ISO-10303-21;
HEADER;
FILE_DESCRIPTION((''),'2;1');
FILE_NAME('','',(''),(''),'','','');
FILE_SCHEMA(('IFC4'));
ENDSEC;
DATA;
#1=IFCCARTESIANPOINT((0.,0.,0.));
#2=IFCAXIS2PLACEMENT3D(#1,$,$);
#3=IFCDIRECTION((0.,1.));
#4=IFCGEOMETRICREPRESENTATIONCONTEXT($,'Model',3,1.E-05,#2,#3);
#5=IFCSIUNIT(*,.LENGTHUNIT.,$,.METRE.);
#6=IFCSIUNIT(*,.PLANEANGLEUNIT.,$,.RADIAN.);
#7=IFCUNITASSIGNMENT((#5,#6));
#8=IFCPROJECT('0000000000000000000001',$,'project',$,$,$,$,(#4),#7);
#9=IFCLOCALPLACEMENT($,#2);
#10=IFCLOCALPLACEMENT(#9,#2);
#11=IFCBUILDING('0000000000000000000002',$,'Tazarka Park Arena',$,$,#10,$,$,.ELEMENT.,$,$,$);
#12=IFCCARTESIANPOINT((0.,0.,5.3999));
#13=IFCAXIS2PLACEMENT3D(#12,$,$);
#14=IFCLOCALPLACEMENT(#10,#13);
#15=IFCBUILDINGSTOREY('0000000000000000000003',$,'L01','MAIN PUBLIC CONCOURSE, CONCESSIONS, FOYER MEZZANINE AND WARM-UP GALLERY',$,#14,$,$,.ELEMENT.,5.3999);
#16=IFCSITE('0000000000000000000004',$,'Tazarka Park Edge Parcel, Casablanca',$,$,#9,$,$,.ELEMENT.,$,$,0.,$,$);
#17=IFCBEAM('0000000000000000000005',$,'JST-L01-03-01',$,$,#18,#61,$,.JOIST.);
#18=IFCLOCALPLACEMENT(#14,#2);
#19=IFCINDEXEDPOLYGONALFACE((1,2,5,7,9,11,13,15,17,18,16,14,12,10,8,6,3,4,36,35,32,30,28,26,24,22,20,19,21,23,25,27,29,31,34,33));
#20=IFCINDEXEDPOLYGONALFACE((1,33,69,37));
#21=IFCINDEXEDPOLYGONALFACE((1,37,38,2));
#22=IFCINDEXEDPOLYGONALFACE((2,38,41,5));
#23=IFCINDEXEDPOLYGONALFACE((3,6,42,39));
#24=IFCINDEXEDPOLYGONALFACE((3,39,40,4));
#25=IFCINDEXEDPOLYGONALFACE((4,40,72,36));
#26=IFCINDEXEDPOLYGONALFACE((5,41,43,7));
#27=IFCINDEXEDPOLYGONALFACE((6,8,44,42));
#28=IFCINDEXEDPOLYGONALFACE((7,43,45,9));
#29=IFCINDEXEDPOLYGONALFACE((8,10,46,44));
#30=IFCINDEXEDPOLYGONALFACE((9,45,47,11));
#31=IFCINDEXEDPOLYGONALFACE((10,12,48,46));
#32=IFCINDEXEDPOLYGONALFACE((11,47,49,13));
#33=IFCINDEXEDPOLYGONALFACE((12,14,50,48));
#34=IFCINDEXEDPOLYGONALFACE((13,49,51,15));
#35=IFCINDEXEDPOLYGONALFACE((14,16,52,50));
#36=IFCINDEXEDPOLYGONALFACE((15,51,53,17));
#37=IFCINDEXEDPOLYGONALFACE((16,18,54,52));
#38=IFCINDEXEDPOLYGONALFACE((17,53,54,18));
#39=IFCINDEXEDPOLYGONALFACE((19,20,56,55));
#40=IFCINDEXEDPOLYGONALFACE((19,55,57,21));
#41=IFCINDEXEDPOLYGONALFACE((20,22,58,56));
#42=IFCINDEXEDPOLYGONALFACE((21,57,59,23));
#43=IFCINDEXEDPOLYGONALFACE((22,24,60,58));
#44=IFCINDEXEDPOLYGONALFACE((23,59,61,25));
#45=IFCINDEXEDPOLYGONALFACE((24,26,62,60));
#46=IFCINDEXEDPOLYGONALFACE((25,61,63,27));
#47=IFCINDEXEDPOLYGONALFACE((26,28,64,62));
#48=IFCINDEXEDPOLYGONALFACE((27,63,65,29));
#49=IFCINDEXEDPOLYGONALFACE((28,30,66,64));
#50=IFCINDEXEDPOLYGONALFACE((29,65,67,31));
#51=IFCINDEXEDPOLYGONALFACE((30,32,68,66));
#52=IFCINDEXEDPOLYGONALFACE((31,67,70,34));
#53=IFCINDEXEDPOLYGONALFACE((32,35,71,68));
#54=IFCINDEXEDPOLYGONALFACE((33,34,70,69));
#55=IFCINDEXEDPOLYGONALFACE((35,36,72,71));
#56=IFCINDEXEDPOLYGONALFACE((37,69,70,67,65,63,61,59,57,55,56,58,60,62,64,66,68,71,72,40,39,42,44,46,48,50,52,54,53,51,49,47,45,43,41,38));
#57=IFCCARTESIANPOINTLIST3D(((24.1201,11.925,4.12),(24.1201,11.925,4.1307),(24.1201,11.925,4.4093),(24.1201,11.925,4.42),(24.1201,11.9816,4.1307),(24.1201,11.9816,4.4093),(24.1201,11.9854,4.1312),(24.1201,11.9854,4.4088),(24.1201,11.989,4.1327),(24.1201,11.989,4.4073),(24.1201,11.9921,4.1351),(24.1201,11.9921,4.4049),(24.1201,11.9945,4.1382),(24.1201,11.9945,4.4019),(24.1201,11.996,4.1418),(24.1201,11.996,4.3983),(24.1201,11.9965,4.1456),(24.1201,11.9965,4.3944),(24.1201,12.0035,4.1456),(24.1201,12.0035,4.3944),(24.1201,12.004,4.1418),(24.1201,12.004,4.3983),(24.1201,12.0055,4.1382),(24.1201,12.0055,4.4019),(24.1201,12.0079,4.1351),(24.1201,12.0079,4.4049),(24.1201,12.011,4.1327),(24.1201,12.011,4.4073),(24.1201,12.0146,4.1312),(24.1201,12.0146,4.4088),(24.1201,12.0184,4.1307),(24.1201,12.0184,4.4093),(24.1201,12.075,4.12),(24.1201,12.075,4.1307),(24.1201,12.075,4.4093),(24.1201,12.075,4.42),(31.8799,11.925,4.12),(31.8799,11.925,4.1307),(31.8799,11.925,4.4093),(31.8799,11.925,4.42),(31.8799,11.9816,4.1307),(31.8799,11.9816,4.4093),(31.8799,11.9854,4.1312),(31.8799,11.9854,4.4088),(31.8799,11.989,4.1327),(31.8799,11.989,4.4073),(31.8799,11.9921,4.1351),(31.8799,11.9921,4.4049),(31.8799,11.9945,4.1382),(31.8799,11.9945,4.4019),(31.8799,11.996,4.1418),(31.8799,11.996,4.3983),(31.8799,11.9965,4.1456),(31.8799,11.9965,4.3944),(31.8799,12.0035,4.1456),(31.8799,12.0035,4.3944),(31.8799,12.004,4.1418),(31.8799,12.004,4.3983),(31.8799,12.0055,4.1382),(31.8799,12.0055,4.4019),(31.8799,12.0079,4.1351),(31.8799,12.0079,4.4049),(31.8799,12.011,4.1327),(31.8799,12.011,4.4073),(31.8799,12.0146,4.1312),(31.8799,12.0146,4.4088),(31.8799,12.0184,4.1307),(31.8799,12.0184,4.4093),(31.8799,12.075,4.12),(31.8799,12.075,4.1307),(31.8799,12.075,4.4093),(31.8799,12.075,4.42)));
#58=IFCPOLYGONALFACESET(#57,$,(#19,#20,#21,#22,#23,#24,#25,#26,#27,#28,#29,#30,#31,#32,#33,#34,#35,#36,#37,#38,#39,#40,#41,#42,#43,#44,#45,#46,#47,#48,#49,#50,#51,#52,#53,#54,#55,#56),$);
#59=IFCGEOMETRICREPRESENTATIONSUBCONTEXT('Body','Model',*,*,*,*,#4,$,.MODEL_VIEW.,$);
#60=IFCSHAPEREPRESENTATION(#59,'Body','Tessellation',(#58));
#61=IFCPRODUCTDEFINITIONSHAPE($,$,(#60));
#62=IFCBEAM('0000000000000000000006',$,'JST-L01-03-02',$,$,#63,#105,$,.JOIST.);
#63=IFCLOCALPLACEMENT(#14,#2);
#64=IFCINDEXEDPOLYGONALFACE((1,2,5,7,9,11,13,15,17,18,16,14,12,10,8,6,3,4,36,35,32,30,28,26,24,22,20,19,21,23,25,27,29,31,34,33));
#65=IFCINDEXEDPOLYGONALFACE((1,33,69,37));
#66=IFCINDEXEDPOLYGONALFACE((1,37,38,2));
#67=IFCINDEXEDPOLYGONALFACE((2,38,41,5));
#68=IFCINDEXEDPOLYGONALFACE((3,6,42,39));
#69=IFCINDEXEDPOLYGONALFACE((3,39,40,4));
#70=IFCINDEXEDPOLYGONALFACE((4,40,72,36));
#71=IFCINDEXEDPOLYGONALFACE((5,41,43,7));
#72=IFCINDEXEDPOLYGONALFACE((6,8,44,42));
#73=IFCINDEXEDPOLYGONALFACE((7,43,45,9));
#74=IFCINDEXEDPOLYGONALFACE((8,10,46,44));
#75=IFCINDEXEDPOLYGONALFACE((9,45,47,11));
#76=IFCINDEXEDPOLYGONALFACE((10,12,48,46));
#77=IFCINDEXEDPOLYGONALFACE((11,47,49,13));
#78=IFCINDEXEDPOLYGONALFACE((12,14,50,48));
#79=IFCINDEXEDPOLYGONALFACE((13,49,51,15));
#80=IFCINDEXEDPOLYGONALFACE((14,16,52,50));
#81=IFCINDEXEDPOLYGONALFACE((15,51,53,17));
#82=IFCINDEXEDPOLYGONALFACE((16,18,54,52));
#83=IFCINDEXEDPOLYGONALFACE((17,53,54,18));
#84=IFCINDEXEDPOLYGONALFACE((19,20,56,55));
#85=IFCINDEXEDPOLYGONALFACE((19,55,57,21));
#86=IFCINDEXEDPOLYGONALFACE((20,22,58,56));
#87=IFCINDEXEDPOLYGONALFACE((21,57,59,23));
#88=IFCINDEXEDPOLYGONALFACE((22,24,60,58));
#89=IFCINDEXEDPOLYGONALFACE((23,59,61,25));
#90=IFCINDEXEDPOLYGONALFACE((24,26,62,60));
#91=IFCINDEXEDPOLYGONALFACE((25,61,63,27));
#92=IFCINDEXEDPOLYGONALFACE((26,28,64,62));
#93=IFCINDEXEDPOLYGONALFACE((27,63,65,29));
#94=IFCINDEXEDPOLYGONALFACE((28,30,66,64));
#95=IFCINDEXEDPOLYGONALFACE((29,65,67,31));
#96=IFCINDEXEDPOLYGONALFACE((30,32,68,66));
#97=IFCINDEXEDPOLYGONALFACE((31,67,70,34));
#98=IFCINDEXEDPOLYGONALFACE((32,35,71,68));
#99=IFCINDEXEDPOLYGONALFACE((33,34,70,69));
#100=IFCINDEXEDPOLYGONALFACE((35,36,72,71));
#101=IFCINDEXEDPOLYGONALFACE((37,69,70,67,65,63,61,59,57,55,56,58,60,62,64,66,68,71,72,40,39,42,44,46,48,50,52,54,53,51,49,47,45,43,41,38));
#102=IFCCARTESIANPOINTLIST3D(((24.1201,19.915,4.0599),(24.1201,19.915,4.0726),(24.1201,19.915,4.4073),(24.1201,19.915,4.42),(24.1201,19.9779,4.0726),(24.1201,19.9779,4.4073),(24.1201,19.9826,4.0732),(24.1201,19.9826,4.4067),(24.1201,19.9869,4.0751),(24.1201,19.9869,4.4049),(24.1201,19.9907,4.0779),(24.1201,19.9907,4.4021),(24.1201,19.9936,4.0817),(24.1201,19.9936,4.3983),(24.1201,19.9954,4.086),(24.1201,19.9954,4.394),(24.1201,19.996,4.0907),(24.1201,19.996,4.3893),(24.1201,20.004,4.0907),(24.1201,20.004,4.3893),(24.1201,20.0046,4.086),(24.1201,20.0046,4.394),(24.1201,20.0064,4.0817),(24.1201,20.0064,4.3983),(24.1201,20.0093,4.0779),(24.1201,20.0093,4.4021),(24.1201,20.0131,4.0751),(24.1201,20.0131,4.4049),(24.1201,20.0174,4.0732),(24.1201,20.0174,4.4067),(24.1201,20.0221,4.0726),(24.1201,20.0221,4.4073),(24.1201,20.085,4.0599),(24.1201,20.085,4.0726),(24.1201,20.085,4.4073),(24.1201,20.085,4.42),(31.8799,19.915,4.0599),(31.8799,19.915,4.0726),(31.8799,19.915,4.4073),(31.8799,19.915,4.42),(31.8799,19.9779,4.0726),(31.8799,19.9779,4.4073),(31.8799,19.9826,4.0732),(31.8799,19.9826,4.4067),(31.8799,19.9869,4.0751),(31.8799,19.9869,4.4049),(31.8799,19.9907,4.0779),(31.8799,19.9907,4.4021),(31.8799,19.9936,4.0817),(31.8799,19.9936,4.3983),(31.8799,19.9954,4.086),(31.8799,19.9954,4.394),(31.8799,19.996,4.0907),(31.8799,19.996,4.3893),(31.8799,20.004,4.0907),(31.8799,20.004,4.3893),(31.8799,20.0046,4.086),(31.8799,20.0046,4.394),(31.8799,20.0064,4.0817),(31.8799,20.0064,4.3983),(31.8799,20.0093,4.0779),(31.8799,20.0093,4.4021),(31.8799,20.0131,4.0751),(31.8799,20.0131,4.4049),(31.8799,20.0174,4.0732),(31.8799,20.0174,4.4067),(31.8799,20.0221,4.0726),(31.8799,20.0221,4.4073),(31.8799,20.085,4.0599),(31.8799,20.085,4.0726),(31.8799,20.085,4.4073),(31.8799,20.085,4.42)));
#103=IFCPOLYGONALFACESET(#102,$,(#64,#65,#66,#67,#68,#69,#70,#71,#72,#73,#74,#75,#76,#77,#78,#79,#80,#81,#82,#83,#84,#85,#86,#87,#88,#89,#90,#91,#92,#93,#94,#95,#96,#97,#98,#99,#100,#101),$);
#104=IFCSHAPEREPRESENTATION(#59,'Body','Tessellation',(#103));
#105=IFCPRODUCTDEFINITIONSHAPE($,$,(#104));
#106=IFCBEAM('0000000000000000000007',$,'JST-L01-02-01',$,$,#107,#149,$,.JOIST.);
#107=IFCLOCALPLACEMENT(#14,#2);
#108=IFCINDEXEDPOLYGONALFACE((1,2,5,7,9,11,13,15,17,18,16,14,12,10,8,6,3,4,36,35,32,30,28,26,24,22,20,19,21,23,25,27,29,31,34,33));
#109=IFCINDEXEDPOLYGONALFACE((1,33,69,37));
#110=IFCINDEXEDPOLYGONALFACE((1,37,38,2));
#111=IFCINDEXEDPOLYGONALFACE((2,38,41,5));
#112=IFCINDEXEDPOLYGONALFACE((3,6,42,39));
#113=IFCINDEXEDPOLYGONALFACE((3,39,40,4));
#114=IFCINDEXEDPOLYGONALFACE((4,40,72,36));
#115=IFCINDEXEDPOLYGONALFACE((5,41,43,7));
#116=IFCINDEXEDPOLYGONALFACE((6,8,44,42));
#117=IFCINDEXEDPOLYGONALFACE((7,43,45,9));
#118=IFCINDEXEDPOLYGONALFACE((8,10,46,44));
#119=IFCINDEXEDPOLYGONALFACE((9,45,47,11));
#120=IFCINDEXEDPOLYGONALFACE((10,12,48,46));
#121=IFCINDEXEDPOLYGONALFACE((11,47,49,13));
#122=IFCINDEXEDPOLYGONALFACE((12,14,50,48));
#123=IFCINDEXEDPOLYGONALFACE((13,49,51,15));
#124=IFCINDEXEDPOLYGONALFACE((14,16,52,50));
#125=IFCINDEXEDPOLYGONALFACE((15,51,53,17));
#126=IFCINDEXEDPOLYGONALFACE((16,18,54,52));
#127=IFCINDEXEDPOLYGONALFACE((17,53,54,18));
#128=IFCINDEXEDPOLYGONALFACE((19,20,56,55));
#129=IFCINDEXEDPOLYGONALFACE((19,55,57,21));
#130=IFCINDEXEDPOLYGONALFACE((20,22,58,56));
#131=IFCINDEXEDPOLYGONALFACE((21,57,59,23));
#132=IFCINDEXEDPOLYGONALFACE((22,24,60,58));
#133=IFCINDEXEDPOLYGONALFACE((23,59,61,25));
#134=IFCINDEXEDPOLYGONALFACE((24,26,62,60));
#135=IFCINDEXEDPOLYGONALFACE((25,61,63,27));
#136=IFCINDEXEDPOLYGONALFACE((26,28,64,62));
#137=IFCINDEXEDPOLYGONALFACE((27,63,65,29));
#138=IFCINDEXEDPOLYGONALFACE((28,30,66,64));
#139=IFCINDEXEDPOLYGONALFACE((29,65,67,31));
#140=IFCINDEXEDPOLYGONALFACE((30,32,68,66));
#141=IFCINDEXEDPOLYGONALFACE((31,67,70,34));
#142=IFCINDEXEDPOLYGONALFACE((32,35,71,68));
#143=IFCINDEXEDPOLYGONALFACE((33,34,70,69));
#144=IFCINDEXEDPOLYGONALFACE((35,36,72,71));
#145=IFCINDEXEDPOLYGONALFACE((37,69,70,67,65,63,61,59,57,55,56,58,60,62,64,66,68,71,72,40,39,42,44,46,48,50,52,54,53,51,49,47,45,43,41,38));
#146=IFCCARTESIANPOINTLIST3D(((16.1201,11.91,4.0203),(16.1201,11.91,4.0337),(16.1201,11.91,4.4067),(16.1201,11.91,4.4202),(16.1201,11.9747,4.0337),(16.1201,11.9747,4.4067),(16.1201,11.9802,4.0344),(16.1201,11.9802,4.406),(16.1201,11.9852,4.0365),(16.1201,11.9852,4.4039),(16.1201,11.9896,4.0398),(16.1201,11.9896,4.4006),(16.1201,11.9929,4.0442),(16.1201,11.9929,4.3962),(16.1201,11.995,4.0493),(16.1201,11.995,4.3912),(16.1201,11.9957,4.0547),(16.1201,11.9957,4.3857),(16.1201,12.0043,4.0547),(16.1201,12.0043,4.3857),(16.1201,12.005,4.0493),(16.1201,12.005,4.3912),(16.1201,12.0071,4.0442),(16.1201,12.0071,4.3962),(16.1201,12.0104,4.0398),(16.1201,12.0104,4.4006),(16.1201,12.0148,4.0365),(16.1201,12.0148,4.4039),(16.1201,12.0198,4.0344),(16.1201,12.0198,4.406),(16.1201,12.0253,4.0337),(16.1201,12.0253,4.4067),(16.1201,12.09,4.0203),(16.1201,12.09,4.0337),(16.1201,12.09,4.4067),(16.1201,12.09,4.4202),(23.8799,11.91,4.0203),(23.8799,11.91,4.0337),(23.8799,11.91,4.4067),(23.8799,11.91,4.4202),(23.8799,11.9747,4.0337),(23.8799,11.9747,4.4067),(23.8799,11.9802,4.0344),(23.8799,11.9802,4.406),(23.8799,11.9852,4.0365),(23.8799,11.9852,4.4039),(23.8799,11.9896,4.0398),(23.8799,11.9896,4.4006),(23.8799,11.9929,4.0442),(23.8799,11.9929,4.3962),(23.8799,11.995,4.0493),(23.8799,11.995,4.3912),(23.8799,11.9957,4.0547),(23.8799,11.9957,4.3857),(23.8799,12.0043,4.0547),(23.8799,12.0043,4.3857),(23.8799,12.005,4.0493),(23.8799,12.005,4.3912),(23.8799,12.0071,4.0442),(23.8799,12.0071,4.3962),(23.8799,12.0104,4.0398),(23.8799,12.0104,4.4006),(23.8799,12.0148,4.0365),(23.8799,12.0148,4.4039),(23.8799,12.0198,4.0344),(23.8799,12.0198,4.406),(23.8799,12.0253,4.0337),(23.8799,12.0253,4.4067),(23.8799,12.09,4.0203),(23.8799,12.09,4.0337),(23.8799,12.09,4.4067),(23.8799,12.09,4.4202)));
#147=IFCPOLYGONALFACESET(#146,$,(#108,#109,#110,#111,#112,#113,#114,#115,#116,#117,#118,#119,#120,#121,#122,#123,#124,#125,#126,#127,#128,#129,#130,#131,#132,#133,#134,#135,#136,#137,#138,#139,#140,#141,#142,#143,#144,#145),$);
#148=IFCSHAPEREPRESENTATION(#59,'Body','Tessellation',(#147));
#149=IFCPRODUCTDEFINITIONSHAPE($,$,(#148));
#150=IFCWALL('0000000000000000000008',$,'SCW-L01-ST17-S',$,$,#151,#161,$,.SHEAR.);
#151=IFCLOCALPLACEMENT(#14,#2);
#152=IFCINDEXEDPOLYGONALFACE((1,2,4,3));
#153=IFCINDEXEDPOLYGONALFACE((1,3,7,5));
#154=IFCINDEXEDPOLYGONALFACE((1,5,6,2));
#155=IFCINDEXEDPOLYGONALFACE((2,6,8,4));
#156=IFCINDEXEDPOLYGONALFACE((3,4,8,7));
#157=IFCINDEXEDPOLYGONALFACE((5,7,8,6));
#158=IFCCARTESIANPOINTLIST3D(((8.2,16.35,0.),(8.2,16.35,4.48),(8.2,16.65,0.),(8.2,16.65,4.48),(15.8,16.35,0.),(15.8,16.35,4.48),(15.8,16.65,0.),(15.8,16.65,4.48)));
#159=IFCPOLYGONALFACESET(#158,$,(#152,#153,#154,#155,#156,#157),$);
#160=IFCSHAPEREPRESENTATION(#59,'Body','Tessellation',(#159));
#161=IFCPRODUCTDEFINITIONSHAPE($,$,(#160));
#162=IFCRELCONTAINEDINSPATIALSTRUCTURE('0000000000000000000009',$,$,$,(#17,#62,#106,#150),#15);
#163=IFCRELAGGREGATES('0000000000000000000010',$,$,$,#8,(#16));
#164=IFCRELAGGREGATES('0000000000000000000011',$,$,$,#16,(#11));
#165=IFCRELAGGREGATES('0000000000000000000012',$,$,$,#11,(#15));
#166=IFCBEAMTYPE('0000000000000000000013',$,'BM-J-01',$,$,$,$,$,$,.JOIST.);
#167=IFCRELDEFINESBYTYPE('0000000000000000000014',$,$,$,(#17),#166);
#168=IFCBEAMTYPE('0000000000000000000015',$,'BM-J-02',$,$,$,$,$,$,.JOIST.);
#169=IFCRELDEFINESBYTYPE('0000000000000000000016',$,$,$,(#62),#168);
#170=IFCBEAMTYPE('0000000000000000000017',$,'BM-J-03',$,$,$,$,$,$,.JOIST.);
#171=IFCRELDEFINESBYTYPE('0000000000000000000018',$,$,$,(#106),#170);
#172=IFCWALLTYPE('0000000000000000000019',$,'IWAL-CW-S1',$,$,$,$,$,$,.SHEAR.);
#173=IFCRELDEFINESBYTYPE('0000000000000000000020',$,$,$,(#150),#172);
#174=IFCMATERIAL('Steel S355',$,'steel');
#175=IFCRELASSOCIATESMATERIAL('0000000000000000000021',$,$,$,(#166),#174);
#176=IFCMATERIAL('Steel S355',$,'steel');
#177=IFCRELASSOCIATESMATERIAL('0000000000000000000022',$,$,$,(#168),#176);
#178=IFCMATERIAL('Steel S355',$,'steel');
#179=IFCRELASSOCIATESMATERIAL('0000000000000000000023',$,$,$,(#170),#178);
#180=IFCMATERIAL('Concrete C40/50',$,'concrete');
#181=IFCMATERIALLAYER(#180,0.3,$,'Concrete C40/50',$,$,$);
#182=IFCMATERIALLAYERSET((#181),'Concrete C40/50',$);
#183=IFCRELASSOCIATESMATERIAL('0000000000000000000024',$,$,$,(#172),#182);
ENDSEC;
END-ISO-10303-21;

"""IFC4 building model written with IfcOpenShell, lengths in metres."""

from ifc_helpers import new_model, si_unit, direction, frame, frame_2d, origin, origin_2d, place, context, subcontext, project, spatial, rectangle, i_section, extrude, material, layer, layer_set, material_profile, profile_set, type_object, element, save


model = new_model("IFC4")

# Units and contexts
model_context = context("Model", 3, precision=1e-05, world=origin(), true_north=direction((0.0, 1.0)))
body_context = subcontext(model_context, "Body", "Model", "MODEL_VIEW")
ifc_project = project(units=[si_unit("LENGTHUNIT", "METRE"), si_unit("PLANEANGLEUNIT", "RADIAN")], contexts=[model_context])

# Site, building, storey
site_placement = place(None, origin())
site = spatial("IfcSite", under=ifc_project, at=site_placement, Name="Tazarka Park Edge Parcel, Casablanca", CompositionType="ELEMENT", RefElevation=0.0)
building_placement = place(site_placement, origin())
building = spatial("IfcBuilding", under=site, at=building_placement, Name="Tazarka Park Arena", CompositionType="ELEMENT")
storey_placement = place(building_placement, frame((0.0, 0.0, 5.3999)))
storey = spatial("IfcBuildingStorey", under=building, at=storey_placement, Name="L01", Description="MAIN PUBLIC CONCOURSE, CONCESSIONS, FOYER MEZZANINE AND WARM-UP GALLERY", CompositionType="ELEMENT", Elevation=5.3999)

# Beams
ifc_material_1 = material(Name="Steel S355", Category="steel")
ifc_material_profile_1 = material_profile(ifc_material_1, i_section(OverallWidth=0.1499, OverallDepth=0.3, WebThickness=0.0071, FlangeThickness=0.0107, FilletRadius=0.0149, at=origin_2d()), Name="Steel S355")
ifc_profile_set_1 = profile_set([ifc_material_profile_1], Name="Steel S355")
beam_type_1 = type_object("IfcBeamType", Name="BM-J-01", PredefinedType="JOIST", material=ifc_profile_set_1)
for number, where, z_axis, x_axis, name in (
    (1, (24.1201, 12.0, 4.27), (1.0, 0.0, 0.0), (0.0, 1.0, 0.0), "JST-L01-03-01"),
):
    element("IfcBeam", number, at=place(storey_placement, frame(where, z_axis=z_axis, x_axis=x_axis)), inside=storey, type_object=beam_type_1, Name=name, PredefinedType="JOIST", context=body_context, shape_type="SweptSolid", body=[
        extrude(i_section(OverallWidth=0.1499, OverallDepth=0.3, WebThickness=0.0071, FlangeThickness=0.0107, FilletRadius=0.0149, at=origin_2d()), origin(), (0.0, 0.0, 1.0), 7.7598),
    ])
ifc_material_2 = material(Name="Steel S355", Category="steel")
ifc_material_profile_2 = material_profile(ifc_material_2, i_section(OverallWidth=0.1699, OverallDepth=0.3601, WebThickness=0.0081, FlangeThickness=0.0127, FilletRadius=0.0181, at=origin_2d()), Name="Steel S355")
ifc_profile_set_2 = profile_set([ifc_material_profile_2], Name="Steel S355")
beam_type_2 = type_object("IfcBeamType", Name="BM-J-02", PredefinedType="JOIST", material=ifc_profile_set_2)
beam_1_placement = place(storey_placement, frame((24.1201, 20.0, 4.24), z_axis=(1.0, 0.0, 0.0), x_axis=(0.0, 1.0, 0.0)))
element("IfcBeam", 2, at=beam_1_placement, inside=storey, type_object=beam_type_2, Name="JST-L01-03-02", PredefinedType="JOIST", context=body_context, shape_type="SweptSolid", body=[
    extrude(i_section(OverallWidth=0.1699, OverallDepth=0.3601, WebThickness=0.0081, FlangeThickness=0.0127, FilletRadius=0.0181, at=origin_2d()), origin(), (0.0, 0.0, 1.0), 7.7598),
])
ifc_material_3 = material(Name="Steel S355", Category="steel")
ifc_material_profile_3 = material_profile(ifc_material_3, i_section(OverallWidth=0.1799, OverallDepth=0.3999, WebThickness=0.0085, FlangeThickness=0.0134, FilletRadius=0.021, at=origin_2d()), Name="Steel S355")
ifc_profile_set_3 = profile_set([ifc_material_profile_3], Name="Steel S355")
beam_type_3 = type_object("IfcBeamType", Name="BM-J-03", PredefinedType="JOIST", material=ifc_profile_set_3)
beam_2_placement = place(storey_placement, frame((16.1201, 12.0, 4.2202), z_axis=(1.0, 0.0, 0.0), x_axis=(0.0, 1.0, 0.0)))
element("IfcBeam", 3, at=beam_2_placement, inside=storey, type_object=beam_type_3, Name="JST-L01-02-01", PredefinedType="JOIST", context=body_context, shape_type="SweptSolid", body=[
    extrude(i_section(OverallWidth=0.1799, OverallDepth=0.3999, WebThickness=0.0085, FlangeThickness=0.0134, FilletRadius=0.021, at=origin_2d()), origin(), (0.0, 0.0, 1.0), 7.7598),
])

# Wall
ifc_material_4 = material(Name="Concrete C40/50", Category="concrete")
ifc_layer_1 = layer(ifc_material_4, 0.3, Name="Concrete C40/50")
ifc_layer_set_1 = layer_set([ifc_layer_1], Name="Concrete C40/50")
wall_type_1 = type_object("IfcWallType", Name="IWAL-CW-S1", PredefinedType="SHEAR", material=ifc_layer_set_1)
wall_1_placement = place(storey_placement, frame((15.8, 16.5, 0.0), z_axis=(0.0, 0.0, 1.0), x_axis=(-1.0, 0.0, 0.0)))
element("IfcWall", 4, at=wall_1_placement, inside=storey, type_object=wall_type_1, Name="SCW-L01-ST17-S", PredefinedType="SHEAR", context=body_context, shape_type="SweptSolid", body=[
    extrude(rectangle(XDim=7.6001, YDim=0.3, at=frame_2d((3.8, 0.0))), origin(), (0.0, 0.0, 1.0), 4.48),
])

save(model, "model.ifc")
